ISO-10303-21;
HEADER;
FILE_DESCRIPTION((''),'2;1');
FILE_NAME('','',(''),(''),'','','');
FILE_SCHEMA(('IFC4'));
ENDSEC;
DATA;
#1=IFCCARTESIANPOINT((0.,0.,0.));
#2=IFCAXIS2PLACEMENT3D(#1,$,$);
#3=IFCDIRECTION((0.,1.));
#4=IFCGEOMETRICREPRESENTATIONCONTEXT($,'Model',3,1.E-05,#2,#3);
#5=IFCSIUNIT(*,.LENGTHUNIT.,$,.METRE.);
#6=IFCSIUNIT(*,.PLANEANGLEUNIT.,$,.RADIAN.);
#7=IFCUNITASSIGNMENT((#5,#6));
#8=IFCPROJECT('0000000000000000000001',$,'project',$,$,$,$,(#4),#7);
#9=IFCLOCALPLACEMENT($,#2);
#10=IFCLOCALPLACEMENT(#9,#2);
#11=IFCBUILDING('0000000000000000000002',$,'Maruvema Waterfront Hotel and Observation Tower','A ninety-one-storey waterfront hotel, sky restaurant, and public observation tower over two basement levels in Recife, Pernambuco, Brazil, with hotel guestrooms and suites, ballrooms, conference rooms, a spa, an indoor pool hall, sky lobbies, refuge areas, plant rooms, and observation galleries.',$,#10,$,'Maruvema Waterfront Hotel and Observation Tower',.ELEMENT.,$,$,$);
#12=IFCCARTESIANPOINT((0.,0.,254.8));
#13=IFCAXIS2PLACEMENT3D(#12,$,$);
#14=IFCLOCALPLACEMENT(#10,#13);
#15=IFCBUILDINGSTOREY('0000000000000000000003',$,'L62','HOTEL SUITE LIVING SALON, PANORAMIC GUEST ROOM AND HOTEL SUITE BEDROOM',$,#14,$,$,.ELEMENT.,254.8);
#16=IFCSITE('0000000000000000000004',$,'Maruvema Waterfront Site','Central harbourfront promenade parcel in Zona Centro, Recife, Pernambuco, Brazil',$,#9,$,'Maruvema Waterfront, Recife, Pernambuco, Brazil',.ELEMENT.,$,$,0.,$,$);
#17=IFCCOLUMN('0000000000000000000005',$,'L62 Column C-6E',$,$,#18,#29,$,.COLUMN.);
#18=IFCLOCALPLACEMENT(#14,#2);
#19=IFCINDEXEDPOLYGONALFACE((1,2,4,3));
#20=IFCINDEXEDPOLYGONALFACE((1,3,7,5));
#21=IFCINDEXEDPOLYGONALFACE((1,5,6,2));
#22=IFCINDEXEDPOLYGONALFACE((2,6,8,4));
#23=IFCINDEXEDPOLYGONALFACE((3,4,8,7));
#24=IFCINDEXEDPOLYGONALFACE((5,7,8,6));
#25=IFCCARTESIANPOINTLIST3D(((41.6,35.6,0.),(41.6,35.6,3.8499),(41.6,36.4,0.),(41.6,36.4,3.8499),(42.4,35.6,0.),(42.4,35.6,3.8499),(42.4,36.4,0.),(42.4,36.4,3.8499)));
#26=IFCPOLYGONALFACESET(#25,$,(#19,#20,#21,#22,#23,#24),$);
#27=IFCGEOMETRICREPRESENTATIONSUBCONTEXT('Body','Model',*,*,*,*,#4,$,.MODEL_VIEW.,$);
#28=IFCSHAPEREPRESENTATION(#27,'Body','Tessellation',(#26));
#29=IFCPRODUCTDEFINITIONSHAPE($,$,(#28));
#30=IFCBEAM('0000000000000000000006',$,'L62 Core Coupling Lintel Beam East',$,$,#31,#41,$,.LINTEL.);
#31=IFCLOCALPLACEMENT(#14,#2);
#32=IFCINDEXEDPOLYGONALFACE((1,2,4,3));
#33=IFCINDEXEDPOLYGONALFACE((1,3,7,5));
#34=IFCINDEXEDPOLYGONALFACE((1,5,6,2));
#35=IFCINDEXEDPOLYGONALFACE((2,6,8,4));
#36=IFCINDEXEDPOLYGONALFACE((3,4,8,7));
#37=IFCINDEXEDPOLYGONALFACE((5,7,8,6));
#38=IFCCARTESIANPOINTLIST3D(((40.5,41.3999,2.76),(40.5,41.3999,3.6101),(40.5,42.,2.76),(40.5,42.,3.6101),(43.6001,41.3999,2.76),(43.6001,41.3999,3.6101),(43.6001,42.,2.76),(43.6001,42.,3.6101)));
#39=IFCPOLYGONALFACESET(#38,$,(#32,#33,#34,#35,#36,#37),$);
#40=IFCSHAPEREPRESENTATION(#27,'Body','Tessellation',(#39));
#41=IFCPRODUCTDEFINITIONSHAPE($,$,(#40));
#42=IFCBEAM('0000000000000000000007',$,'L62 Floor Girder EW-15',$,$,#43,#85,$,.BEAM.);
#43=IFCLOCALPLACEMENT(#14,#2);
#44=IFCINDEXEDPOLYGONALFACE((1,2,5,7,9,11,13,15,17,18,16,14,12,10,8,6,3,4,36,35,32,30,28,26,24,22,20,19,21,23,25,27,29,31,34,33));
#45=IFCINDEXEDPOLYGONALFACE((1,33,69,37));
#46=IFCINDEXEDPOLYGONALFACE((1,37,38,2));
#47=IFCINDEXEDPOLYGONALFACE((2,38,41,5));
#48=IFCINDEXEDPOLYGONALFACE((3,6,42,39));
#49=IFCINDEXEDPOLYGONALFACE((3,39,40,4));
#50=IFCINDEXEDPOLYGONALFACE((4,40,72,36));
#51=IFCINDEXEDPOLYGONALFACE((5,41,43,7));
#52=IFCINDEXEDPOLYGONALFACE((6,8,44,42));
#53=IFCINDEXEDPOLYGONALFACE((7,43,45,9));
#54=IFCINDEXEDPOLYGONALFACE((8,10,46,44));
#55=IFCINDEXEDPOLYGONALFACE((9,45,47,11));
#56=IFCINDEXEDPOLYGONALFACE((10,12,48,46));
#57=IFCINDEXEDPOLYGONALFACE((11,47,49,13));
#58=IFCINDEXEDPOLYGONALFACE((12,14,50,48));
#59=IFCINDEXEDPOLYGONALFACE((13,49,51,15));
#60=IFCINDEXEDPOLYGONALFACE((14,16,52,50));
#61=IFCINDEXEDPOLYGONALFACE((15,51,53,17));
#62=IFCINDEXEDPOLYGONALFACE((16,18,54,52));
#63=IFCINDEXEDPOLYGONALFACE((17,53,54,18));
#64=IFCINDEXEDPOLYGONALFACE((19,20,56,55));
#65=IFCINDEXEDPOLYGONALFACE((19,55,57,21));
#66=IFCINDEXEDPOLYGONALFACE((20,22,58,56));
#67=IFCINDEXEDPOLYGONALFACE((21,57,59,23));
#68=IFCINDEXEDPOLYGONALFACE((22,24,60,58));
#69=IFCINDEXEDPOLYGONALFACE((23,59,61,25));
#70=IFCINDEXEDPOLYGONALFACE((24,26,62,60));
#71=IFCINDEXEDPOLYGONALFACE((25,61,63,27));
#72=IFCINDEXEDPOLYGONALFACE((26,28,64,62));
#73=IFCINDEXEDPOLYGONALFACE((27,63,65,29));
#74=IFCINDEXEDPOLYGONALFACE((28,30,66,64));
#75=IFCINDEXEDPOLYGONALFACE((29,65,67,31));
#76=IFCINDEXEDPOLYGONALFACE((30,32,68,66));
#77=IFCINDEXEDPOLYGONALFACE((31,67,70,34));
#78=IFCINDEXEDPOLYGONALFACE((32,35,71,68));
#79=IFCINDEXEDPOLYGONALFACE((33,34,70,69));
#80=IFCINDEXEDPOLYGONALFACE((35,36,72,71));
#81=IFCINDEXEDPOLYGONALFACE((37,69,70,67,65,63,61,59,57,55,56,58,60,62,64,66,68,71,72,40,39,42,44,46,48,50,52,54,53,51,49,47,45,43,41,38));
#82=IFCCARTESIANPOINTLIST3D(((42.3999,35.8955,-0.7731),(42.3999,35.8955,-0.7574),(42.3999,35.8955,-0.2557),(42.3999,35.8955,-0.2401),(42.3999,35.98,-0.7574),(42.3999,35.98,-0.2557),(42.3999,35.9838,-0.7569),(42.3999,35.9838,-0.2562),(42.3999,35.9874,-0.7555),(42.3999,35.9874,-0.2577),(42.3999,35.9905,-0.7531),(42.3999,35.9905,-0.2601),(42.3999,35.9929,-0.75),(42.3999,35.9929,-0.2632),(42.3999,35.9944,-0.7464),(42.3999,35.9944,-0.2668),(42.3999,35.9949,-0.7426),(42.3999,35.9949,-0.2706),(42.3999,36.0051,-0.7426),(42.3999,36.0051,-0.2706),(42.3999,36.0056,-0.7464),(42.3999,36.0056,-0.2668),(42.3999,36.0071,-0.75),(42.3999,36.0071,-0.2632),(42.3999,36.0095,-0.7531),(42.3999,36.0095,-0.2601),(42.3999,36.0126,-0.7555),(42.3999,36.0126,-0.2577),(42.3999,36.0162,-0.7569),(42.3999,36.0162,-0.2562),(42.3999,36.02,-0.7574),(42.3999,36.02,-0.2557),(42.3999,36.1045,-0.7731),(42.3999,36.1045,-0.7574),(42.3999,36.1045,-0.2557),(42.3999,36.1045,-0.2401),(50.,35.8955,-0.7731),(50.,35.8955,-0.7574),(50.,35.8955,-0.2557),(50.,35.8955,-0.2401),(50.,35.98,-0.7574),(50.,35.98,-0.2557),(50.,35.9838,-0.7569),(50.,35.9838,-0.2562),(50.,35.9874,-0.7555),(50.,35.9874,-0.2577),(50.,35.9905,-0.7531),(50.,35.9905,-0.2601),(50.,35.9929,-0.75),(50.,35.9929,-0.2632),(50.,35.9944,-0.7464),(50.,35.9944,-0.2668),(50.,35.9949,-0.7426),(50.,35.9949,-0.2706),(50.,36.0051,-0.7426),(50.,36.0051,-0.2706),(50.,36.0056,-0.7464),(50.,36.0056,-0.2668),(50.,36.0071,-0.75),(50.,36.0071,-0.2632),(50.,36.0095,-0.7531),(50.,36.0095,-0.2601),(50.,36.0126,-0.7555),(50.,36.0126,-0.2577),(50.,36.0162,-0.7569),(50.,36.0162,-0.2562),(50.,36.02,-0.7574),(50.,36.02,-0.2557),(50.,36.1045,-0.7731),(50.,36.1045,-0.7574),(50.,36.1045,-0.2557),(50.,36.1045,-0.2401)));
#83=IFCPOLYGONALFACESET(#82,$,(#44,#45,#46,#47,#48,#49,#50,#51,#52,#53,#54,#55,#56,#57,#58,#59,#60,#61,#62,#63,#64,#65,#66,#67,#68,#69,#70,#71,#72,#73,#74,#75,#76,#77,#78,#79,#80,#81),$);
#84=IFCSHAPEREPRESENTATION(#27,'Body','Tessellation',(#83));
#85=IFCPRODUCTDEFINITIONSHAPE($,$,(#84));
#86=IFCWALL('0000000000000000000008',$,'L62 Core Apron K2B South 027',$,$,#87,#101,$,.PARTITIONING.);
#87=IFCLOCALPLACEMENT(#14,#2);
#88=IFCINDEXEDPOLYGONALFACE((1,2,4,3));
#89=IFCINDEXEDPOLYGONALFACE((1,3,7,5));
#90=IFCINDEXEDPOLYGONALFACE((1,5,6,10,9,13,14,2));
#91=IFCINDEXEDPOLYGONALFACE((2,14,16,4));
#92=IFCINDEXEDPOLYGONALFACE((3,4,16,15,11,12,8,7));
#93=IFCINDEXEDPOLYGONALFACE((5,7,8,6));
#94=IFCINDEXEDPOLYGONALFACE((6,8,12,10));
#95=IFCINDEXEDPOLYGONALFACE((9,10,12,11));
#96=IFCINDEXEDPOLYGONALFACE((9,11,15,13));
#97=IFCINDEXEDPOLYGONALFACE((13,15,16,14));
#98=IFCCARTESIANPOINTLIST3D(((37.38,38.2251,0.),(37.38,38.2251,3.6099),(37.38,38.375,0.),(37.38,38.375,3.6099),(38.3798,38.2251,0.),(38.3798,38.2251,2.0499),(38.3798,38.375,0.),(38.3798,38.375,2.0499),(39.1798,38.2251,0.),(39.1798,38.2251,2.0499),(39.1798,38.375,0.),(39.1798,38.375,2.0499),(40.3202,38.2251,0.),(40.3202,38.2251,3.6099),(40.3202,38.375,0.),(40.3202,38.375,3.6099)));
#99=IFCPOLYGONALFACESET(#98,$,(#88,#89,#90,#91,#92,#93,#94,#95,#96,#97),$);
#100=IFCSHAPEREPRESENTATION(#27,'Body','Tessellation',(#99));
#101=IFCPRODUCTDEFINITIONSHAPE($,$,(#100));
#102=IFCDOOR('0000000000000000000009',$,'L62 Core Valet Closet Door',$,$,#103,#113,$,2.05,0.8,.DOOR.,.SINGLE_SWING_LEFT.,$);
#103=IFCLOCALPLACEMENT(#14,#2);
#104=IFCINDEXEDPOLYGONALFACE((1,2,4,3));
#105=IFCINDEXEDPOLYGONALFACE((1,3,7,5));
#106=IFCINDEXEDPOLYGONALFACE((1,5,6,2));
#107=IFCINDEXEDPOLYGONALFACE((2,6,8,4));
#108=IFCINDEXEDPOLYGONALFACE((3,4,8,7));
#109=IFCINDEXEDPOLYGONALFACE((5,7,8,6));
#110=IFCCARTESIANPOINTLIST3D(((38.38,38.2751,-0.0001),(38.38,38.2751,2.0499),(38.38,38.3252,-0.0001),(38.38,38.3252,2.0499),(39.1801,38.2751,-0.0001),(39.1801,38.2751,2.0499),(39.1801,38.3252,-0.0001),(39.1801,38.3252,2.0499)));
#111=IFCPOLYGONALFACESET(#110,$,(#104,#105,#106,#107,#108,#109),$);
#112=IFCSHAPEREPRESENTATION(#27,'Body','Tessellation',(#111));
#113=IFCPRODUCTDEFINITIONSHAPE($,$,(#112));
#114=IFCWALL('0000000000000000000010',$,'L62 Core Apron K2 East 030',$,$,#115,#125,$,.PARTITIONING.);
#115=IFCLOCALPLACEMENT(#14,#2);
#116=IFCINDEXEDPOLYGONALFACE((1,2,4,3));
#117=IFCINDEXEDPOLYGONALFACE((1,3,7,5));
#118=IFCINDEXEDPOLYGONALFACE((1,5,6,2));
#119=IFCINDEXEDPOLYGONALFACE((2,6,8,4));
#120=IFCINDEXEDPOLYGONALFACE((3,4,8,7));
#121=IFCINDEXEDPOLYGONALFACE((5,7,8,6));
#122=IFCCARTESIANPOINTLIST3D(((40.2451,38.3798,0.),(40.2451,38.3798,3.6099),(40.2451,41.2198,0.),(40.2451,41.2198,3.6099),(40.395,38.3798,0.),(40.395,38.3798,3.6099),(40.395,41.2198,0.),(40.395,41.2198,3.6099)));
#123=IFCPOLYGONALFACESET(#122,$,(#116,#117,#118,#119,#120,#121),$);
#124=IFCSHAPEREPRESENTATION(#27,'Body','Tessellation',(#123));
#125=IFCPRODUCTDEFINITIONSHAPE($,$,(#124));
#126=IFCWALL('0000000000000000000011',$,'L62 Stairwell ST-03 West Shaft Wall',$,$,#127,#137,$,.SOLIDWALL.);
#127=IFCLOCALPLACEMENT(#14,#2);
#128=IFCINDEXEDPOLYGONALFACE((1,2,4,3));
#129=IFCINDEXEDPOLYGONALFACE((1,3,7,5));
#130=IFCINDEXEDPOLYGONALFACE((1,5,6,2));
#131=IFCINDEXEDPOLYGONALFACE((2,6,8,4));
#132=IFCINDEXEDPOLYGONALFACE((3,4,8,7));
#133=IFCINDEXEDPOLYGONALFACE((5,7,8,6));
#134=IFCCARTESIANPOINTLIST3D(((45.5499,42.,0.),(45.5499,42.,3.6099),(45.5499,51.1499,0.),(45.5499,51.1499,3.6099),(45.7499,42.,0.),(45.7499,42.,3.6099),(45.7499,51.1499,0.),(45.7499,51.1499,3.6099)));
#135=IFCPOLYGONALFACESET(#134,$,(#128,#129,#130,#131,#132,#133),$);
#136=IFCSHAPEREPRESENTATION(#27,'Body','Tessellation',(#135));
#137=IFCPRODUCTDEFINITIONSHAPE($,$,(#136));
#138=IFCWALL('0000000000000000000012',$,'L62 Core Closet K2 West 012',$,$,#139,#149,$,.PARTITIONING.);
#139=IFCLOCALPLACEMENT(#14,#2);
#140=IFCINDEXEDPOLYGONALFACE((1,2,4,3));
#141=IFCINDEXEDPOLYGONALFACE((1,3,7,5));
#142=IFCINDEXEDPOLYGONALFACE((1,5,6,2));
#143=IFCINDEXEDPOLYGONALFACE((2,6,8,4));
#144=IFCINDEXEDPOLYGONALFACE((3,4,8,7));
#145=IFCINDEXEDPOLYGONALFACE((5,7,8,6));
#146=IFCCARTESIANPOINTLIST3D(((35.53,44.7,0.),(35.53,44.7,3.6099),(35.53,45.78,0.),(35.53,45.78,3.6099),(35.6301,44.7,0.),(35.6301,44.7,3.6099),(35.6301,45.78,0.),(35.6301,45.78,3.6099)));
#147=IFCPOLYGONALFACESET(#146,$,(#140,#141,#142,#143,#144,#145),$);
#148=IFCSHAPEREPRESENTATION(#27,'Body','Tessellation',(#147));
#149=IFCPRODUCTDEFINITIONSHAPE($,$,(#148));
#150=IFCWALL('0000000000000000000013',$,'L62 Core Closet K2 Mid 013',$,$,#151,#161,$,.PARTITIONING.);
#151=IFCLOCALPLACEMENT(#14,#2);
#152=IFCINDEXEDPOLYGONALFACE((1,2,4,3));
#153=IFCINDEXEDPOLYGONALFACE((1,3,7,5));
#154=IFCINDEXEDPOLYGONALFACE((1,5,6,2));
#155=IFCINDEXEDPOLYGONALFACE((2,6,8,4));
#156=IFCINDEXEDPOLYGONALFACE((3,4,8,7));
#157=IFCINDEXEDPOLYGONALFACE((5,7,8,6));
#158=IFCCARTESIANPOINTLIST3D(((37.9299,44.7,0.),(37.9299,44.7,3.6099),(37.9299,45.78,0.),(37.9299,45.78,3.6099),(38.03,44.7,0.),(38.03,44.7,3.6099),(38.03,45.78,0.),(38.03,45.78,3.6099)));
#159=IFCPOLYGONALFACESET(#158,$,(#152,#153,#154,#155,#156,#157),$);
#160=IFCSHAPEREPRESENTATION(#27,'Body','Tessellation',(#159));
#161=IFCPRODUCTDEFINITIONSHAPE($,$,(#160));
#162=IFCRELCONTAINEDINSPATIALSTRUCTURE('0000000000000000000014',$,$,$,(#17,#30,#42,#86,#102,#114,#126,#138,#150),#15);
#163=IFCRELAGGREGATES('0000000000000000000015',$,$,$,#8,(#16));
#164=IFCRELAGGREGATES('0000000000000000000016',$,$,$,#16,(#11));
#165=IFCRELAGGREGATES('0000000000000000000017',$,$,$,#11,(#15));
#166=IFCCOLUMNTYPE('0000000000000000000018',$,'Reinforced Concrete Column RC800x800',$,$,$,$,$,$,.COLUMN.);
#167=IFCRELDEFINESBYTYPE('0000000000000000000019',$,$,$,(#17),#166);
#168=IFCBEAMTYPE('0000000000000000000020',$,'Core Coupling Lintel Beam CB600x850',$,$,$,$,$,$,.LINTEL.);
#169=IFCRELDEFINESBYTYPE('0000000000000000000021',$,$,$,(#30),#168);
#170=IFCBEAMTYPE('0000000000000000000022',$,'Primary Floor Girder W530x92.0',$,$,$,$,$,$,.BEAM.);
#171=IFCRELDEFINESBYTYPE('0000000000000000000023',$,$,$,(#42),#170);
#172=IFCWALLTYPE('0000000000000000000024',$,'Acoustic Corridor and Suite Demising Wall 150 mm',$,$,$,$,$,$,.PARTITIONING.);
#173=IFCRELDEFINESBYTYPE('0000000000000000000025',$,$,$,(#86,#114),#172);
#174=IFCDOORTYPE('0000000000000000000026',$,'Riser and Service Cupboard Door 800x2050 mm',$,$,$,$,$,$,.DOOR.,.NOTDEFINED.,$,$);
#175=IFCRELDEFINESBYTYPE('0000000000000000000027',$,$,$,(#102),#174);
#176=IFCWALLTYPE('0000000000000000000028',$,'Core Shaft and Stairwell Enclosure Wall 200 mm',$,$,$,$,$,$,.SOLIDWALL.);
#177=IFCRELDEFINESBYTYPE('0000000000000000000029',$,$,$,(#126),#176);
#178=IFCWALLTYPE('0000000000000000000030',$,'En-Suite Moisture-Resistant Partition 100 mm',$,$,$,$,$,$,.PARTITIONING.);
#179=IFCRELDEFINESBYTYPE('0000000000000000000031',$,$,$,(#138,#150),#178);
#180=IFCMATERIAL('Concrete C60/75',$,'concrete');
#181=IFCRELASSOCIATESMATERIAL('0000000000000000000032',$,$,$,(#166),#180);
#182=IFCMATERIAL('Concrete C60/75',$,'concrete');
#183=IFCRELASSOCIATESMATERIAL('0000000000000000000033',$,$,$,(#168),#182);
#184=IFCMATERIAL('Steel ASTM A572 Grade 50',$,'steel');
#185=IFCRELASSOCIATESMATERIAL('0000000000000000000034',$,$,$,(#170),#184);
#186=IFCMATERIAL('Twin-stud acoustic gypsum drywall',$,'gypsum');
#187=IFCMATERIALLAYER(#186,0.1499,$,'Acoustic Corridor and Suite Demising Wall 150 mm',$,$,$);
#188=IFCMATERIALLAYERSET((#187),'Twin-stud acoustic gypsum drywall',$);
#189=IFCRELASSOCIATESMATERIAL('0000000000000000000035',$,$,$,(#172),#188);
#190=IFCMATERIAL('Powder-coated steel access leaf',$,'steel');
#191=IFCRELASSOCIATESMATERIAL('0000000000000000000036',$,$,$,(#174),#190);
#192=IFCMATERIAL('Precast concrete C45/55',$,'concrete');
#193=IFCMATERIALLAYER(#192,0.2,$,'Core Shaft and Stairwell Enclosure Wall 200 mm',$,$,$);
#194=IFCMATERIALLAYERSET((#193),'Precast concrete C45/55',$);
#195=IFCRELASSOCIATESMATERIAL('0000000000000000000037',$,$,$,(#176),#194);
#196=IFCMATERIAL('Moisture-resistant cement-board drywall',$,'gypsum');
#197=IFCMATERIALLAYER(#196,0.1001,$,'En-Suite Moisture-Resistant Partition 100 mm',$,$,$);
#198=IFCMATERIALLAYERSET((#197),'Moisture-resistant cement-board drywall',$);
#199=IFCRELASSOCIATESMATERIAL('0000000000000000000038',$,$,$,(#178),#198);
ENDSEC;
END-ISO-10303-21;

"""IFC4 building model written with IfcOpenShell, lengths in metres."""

from ifc_helpers import new_model, si_unit, direction, frame, frame_2d, origin, origin_2d, place, context, subcontext, project, spatial, rectangle, i_section, extrude, material, layer, layer_set, material_profile, profile_set, type_object, element, fill, save


model = new_model("IFC4")

# Units and contexts
model_context = context("Model", 3, precision=1e-05, world=origin(), true_north=direction((0.0, 1.0)))
body_context = subcontext(model_context, "Body", "Model", "MODEL_VIEW")
ifc_project = project(units=[si_unit("LENGTHUNIT", "METRE"), si_unit("PLANEANGLEUNIT", "RADIAN")], contexts=[model_context])

# Site, building, storey
site_placement = place(None, origin())
site = spatial("IfcSite", under=ifc_project, at=site_placement, Name="Maruvema Waterfront Site", Description="Central harbourfront promenade parcel in Zona Centro, Recife, Pernambuco, Brazil", LongName="Maruvema Waterfront, Recife, Pernambuco, Brazil", CompositionType="ELEMENT", RefElevation=0.0)
building_placement = place(site_placement, origin())
building = spatial("IfcBuilding", under=site, at=building_placement, Name="Maruvema Waterfront Hotel and Observation Tower", Description="A ninety-one-storey waterfront hotel, sky restaurant, and public observation tower over two basement levels in Recife, Pernambuco, Brazil, with hotel guestrooms and suites, ballrooms, conference rooms, a spa, an indoor pool hall, sky lobbies, refuge areas, plant rooms, and observation galleries.", LongName="Maruvema Waterfront Hotel and Observation Tower", CompositionType="ELEMENT")
storey_placement = place(building_placement, frame((0.0, 0.0, 254.8)))
storey = spatial("IfcBuildingStorey", under=building, at=storey_placement, Name="L62", Description="HOTEL SUITE LIVING SALON, PANORAMIC GUEST ROOM AND HOTEL SUITE BEDROOM", CompositionType="ELEMENT", Elevation=254.8)

# Column
ifc_material_1 = material(Name="Concrete C60/75", Category="concrete")
ifc_material_profile_1 = material_profile(ifc_material_1, rectangle(XDim=0.8, YDim=0.8, at=origin_2d()), Name="RC800x800")
ifc_profile_set_1 = profile_set([ifc_material_profile_1], Name="Concrete C60/75")
column_type = type_object("IfcColumnType", Name="Reinforced Concrete Column RC800x800", PredefinedType="COLUMN", material=ifc_profile_set_1)
column_placement = place(storey_placement, frame((42.0, 36.0, 0.0), z_axis=(0.0, 0.0, 1.0), x_axis=(1.0, 0.0, 0.0)))
element("IfcColumn", 1, at=column_placement, inside=storey, type_object=column_type, Name="L62 Column C-6E", PredefinedType="COLUMN", context=body_context, shape_type="SweptSolid", body=[
    extrude(rectangle(XDim=0.8, YDim=0.8, at=origin_2d()), origin(), (0.0, 0.0, 1.0), 3.8499),
])

# Beams
ifc_material_2 = material(Name="Concrete C60/75", Category="concrete")
ifc_material_profile_2 = material_profile(ifc_material_2, rectangle(XDim=0.6001, YDim=0.8501, at=origin_2d()), Name="CB600x850")
ifc_profile_set_2 = profile_set([ifc_material_profile_2], Name="Concrete C60/75")
beam_type_1 = type_object("IfcBeamType", Name="Core Coupling Lintel Beam CB600x850", PredefinedType="LINTEL", material=ifc_profile_set_2)
beam_1_placement = place(storey_placement, frame((40.5, 41.7, 3.1851), z_axis=(1.0, 0.0, 0.0), x_axis=(0.0, 1.0, 0.0)))
element("IfcBeam", 2, at=beam_1_placement, inside=storey, type_object=beam_type_1, Name="L62 Core Coupling Lintel Beam East", PredefinedType="LINTEL", context=body_context, shape_type="SweptSolid", body=[
    extrude(rectangle(XDim=0.6001, YDim=0.8501, at=origin_2d()), origin(), (0.0, 0.0, 1.0), 3.1001),
])
ifc_material_3 = material(Name="Steel ASTM A572 Grade 50", Category="steel")
ifc_material_profile_3 = material_profile(ifc_material_3, i_section(OverallWidth=0.209, OverallDepth=0.533, WebThickness=0.0103, FlangeThickness=0.0156, FilletRadius=0.0149, at=origin_2d()), Name="W530x92.0")
ifc_profile_set_3 = profile_set([ifc_material_profile_3], Name="Steel ASTM A572 Grade 50")
beam_type_2 = type_object("IfcBeamType", Name="Primary Floor Girder W530x92.0", PredefinedType="BEAM", material=ifc_profile_set_3)
beam_2_placement = place(storey_placement, frame((42.3999, 36.0, -0.5066), z_axis=(1.0, 0.0, 0.0), x_axis=(0.0, 1.0, 0.0)))
element("IfcBeam", 3, at=beam_2_placement, inside=storey, type_object=beam_type_2, Name="L62 Floor Girder EW-15", PredefinedType="BEAM", context=body_context, shape_type="SweptSolid", body=[
    extrude(i_section(OverallWidth=0.209, OverallDepth=0.533, WebThickness=0.0103, FlangeThickness=0.0156, FilletRadius=0.0149, at=origin_2d()), origin(), (0.0, 0.0, 1.0), 7.6001),
])

# Wall, opening, door
ifc_material_4 = material(Name="Twin-stud acoustic gypsum drywall", Category="gypsum")
ifc_layer_1 = layer(ifc_material_4, 0.1499, Name="Acoustic Corridor and Suite Demising Wall 150 mm")
ifc_layer_set_1 = layer_set([ifc_layer_1], Name="Twin-stud acoustic gypsum drywall")
wall_type_1 = type_object("IfcWallType", Name="Acoustic Corridor and Suite Demising Wall 150 mm", PredefinedType="PARTITIONING", material=ifc_layer_set_1)
wall_1_placement = place(storey_placement, frame((37.3799, 38.3, 0.0), z_axis=(0.0, 0.0, 1.0), x_axis=(1.0, 0.0, 0.0)))
wall_1 = element("IfcWall", 4, at=wall_1_placement, inside=storey, type_object=wall_type_1, Name="L62 Core Apron K2B South 027", PredefinedType="PARTITIONING", context=body_context, shape_type="SweptSolid", body=[
    extrude(rectangle(XDim=2.9402, YDim=0.1499, at=frame_2d((1.4702, 0.0))), origin(), (0.0, 0.0, 1.0), 3.6099),
])
opening_1_placement = place(wall_1_placement, frame((1.0, 0.0, 0.0)))
opening_1 = element("IfcOpeningElement", 5, at=opening_1_placement, cuts=wall_1, PredefinedType="OPENING", context=body_context, shape_type="SweptSolid", body=[
    extrude(rectangle(XDim=0.8, YDim=2.05, at=frame_2d((0.3999, 1.0249))), frame((0.0, 0.085, 0.0), z_axis=(0.0, -1.0, 0.0), x_axis=(1.0, 0.0, 0.0)), (0.0, 0.0, 1.0), 0.1699),
])
ifc_material_5 = material(Name="Powder-coated steel access leaf", Category="steel")
door_type_1 = type_object("IfcDoorType", Name="Riser and Service Cupboard Door 800x2050 mm", OperationType="NOTDEFINED", PredefinedType="DOOR", material=ifc_material_5)
door_1_placement = place(opening_1_placement, frame((0.8, 0.0, 0.0), z_axis=(0.0, 0.0, 1.0), x_axis=(-1.0, 0.0, 0.0)))
door_1 = element("IfcDoor", 6, at=door_1_placement, inside=storey, type_object=door_type_1, Name="L62 Core Valet Closet Door", OperationType="SINGLE_SWING_LEFT", OverallHeight=2.05, OverallWidth=0.8, PredefinedType="DOOR", context=body_context, shape_type="SweptSolid", body=[
    extrude(rectangle(XDim=0.8, YDim=2.05, at=frame_2d((0.3999, 1.0249))), frame((0.0, 0.0249, 0.0), z_axis=(0.0, -1.0, 0.0), x_axis=(1.0, 0.0, 0.0)), (0.0, 0.0, 1.0), 0.05),
])
fill(opening_1, door_1)

# Walls
wall_2_placement = place(storey_placement, frame((40.3201, 38.3799, 0.0), z_axis=(0.0, 0.0, 1.0), x_axis=(0.0, 1.0, 0.0)))
element("IfcWall", 7, at=wall_2_placement, inside=storey, type_object=wall_type_1, Name="L62 Core Apron K2 East 030", PredefinedType="PARTITIONING", context=body_context, shape_type="SweptSolid", body=[
    extrude(rectangle(XDim=2.8401, YDim=0.1499, at=frame_2d((1.4199, 0.0))), origin(), (0.0, 0.0, 1.0), 3.6099),
])
ifc_material_6 = material(Name="Precast concrete C45/55", Category="concrete")
ifc_layer_2 = layer(ifc_material_6, 0.2, Name="Core Shaft and Stairwell Enclosure Wall 200 mm")
ifc_layer_set_2 = layer_set([ifc_layer_2], Name="Precast concrete C45/55")
wall_type_2 = type_object("IfcWallType", Name="Core Shaft and Stairwell Enclosure Wall 200 mm", PredefinedType="SOLIDWALL", material=ifc_layer_set_2)
wall_3_placement = place(storey_placement, frame((45.6499, 42.0, 0.0), z_axis=(0.0, 0.0, 1.0), x_axis=(0.0, 1.0, 0.0)))
element("IfcWall", 8, at=wall_3_placement, inside=storey, type_object=wall_type_2, Name="L62 Stairwell ST-03 West Shaft Wall", PredefinedType="SOLIDWALL", context=body_context, shape_type="SweptSolid", body=[
    extrude(rectangle(XDim=9.1499, YDim=0.2, at=frame_2d((4.575, 0.0))), origin(), (0.0, 0.0, 1.0), 3.6099),
])

# Walls
ifc_material_7 = material(Name="Moisture-resistant cement-board drywall", Category="gypsum")
ifc_layer_3 = layer(ifc_material_7, 0.1001, Name="En-Suite Moisture-Resistant Partition 100 mm")
ifc_layer_set_3 = layer_set([ifc_layer_3], Name="Moisture-resistant cement-board drywall")
wall_type_3 = type_object("IfcWallType", Name="En-Suite Moisture-Resistant Partition 100 mm", PredefinedType="PARTITIONING", material=ifc_layer_set_3)
for number, where, z_axis, x_axis, name in (
    (9, (35.5801, 44.7, 0.0), (0.0, 0.0, 1.0), (0.0, 1.0, 0.0), "L62 Core Closet K2 West 012"),
    (10, (37.98, 44.7, 0.0), (0.0, 0.0, 1.0), (0.0, 1.0, 0.0), "L62 Core Closet K2 Mid 013"),
):
    element("IfcWall", number, at=place(storey_placement, frame(where, z_axis=z_axis, x_axis=x_axis)), inside=storey, type_object=wall_type_3, Name=name, PredefinedType="PARTITIONING", context=body_context, shape_type="SweptSolid", body=[
        extrude(rectangle(XDim=1.0801, YDim=0.1001, at=frame_2d((0.54, 0.0))), origin(), (0.0, 0.0, 1.0), 3.6099),
    ])

save(model, "model.ifc")
